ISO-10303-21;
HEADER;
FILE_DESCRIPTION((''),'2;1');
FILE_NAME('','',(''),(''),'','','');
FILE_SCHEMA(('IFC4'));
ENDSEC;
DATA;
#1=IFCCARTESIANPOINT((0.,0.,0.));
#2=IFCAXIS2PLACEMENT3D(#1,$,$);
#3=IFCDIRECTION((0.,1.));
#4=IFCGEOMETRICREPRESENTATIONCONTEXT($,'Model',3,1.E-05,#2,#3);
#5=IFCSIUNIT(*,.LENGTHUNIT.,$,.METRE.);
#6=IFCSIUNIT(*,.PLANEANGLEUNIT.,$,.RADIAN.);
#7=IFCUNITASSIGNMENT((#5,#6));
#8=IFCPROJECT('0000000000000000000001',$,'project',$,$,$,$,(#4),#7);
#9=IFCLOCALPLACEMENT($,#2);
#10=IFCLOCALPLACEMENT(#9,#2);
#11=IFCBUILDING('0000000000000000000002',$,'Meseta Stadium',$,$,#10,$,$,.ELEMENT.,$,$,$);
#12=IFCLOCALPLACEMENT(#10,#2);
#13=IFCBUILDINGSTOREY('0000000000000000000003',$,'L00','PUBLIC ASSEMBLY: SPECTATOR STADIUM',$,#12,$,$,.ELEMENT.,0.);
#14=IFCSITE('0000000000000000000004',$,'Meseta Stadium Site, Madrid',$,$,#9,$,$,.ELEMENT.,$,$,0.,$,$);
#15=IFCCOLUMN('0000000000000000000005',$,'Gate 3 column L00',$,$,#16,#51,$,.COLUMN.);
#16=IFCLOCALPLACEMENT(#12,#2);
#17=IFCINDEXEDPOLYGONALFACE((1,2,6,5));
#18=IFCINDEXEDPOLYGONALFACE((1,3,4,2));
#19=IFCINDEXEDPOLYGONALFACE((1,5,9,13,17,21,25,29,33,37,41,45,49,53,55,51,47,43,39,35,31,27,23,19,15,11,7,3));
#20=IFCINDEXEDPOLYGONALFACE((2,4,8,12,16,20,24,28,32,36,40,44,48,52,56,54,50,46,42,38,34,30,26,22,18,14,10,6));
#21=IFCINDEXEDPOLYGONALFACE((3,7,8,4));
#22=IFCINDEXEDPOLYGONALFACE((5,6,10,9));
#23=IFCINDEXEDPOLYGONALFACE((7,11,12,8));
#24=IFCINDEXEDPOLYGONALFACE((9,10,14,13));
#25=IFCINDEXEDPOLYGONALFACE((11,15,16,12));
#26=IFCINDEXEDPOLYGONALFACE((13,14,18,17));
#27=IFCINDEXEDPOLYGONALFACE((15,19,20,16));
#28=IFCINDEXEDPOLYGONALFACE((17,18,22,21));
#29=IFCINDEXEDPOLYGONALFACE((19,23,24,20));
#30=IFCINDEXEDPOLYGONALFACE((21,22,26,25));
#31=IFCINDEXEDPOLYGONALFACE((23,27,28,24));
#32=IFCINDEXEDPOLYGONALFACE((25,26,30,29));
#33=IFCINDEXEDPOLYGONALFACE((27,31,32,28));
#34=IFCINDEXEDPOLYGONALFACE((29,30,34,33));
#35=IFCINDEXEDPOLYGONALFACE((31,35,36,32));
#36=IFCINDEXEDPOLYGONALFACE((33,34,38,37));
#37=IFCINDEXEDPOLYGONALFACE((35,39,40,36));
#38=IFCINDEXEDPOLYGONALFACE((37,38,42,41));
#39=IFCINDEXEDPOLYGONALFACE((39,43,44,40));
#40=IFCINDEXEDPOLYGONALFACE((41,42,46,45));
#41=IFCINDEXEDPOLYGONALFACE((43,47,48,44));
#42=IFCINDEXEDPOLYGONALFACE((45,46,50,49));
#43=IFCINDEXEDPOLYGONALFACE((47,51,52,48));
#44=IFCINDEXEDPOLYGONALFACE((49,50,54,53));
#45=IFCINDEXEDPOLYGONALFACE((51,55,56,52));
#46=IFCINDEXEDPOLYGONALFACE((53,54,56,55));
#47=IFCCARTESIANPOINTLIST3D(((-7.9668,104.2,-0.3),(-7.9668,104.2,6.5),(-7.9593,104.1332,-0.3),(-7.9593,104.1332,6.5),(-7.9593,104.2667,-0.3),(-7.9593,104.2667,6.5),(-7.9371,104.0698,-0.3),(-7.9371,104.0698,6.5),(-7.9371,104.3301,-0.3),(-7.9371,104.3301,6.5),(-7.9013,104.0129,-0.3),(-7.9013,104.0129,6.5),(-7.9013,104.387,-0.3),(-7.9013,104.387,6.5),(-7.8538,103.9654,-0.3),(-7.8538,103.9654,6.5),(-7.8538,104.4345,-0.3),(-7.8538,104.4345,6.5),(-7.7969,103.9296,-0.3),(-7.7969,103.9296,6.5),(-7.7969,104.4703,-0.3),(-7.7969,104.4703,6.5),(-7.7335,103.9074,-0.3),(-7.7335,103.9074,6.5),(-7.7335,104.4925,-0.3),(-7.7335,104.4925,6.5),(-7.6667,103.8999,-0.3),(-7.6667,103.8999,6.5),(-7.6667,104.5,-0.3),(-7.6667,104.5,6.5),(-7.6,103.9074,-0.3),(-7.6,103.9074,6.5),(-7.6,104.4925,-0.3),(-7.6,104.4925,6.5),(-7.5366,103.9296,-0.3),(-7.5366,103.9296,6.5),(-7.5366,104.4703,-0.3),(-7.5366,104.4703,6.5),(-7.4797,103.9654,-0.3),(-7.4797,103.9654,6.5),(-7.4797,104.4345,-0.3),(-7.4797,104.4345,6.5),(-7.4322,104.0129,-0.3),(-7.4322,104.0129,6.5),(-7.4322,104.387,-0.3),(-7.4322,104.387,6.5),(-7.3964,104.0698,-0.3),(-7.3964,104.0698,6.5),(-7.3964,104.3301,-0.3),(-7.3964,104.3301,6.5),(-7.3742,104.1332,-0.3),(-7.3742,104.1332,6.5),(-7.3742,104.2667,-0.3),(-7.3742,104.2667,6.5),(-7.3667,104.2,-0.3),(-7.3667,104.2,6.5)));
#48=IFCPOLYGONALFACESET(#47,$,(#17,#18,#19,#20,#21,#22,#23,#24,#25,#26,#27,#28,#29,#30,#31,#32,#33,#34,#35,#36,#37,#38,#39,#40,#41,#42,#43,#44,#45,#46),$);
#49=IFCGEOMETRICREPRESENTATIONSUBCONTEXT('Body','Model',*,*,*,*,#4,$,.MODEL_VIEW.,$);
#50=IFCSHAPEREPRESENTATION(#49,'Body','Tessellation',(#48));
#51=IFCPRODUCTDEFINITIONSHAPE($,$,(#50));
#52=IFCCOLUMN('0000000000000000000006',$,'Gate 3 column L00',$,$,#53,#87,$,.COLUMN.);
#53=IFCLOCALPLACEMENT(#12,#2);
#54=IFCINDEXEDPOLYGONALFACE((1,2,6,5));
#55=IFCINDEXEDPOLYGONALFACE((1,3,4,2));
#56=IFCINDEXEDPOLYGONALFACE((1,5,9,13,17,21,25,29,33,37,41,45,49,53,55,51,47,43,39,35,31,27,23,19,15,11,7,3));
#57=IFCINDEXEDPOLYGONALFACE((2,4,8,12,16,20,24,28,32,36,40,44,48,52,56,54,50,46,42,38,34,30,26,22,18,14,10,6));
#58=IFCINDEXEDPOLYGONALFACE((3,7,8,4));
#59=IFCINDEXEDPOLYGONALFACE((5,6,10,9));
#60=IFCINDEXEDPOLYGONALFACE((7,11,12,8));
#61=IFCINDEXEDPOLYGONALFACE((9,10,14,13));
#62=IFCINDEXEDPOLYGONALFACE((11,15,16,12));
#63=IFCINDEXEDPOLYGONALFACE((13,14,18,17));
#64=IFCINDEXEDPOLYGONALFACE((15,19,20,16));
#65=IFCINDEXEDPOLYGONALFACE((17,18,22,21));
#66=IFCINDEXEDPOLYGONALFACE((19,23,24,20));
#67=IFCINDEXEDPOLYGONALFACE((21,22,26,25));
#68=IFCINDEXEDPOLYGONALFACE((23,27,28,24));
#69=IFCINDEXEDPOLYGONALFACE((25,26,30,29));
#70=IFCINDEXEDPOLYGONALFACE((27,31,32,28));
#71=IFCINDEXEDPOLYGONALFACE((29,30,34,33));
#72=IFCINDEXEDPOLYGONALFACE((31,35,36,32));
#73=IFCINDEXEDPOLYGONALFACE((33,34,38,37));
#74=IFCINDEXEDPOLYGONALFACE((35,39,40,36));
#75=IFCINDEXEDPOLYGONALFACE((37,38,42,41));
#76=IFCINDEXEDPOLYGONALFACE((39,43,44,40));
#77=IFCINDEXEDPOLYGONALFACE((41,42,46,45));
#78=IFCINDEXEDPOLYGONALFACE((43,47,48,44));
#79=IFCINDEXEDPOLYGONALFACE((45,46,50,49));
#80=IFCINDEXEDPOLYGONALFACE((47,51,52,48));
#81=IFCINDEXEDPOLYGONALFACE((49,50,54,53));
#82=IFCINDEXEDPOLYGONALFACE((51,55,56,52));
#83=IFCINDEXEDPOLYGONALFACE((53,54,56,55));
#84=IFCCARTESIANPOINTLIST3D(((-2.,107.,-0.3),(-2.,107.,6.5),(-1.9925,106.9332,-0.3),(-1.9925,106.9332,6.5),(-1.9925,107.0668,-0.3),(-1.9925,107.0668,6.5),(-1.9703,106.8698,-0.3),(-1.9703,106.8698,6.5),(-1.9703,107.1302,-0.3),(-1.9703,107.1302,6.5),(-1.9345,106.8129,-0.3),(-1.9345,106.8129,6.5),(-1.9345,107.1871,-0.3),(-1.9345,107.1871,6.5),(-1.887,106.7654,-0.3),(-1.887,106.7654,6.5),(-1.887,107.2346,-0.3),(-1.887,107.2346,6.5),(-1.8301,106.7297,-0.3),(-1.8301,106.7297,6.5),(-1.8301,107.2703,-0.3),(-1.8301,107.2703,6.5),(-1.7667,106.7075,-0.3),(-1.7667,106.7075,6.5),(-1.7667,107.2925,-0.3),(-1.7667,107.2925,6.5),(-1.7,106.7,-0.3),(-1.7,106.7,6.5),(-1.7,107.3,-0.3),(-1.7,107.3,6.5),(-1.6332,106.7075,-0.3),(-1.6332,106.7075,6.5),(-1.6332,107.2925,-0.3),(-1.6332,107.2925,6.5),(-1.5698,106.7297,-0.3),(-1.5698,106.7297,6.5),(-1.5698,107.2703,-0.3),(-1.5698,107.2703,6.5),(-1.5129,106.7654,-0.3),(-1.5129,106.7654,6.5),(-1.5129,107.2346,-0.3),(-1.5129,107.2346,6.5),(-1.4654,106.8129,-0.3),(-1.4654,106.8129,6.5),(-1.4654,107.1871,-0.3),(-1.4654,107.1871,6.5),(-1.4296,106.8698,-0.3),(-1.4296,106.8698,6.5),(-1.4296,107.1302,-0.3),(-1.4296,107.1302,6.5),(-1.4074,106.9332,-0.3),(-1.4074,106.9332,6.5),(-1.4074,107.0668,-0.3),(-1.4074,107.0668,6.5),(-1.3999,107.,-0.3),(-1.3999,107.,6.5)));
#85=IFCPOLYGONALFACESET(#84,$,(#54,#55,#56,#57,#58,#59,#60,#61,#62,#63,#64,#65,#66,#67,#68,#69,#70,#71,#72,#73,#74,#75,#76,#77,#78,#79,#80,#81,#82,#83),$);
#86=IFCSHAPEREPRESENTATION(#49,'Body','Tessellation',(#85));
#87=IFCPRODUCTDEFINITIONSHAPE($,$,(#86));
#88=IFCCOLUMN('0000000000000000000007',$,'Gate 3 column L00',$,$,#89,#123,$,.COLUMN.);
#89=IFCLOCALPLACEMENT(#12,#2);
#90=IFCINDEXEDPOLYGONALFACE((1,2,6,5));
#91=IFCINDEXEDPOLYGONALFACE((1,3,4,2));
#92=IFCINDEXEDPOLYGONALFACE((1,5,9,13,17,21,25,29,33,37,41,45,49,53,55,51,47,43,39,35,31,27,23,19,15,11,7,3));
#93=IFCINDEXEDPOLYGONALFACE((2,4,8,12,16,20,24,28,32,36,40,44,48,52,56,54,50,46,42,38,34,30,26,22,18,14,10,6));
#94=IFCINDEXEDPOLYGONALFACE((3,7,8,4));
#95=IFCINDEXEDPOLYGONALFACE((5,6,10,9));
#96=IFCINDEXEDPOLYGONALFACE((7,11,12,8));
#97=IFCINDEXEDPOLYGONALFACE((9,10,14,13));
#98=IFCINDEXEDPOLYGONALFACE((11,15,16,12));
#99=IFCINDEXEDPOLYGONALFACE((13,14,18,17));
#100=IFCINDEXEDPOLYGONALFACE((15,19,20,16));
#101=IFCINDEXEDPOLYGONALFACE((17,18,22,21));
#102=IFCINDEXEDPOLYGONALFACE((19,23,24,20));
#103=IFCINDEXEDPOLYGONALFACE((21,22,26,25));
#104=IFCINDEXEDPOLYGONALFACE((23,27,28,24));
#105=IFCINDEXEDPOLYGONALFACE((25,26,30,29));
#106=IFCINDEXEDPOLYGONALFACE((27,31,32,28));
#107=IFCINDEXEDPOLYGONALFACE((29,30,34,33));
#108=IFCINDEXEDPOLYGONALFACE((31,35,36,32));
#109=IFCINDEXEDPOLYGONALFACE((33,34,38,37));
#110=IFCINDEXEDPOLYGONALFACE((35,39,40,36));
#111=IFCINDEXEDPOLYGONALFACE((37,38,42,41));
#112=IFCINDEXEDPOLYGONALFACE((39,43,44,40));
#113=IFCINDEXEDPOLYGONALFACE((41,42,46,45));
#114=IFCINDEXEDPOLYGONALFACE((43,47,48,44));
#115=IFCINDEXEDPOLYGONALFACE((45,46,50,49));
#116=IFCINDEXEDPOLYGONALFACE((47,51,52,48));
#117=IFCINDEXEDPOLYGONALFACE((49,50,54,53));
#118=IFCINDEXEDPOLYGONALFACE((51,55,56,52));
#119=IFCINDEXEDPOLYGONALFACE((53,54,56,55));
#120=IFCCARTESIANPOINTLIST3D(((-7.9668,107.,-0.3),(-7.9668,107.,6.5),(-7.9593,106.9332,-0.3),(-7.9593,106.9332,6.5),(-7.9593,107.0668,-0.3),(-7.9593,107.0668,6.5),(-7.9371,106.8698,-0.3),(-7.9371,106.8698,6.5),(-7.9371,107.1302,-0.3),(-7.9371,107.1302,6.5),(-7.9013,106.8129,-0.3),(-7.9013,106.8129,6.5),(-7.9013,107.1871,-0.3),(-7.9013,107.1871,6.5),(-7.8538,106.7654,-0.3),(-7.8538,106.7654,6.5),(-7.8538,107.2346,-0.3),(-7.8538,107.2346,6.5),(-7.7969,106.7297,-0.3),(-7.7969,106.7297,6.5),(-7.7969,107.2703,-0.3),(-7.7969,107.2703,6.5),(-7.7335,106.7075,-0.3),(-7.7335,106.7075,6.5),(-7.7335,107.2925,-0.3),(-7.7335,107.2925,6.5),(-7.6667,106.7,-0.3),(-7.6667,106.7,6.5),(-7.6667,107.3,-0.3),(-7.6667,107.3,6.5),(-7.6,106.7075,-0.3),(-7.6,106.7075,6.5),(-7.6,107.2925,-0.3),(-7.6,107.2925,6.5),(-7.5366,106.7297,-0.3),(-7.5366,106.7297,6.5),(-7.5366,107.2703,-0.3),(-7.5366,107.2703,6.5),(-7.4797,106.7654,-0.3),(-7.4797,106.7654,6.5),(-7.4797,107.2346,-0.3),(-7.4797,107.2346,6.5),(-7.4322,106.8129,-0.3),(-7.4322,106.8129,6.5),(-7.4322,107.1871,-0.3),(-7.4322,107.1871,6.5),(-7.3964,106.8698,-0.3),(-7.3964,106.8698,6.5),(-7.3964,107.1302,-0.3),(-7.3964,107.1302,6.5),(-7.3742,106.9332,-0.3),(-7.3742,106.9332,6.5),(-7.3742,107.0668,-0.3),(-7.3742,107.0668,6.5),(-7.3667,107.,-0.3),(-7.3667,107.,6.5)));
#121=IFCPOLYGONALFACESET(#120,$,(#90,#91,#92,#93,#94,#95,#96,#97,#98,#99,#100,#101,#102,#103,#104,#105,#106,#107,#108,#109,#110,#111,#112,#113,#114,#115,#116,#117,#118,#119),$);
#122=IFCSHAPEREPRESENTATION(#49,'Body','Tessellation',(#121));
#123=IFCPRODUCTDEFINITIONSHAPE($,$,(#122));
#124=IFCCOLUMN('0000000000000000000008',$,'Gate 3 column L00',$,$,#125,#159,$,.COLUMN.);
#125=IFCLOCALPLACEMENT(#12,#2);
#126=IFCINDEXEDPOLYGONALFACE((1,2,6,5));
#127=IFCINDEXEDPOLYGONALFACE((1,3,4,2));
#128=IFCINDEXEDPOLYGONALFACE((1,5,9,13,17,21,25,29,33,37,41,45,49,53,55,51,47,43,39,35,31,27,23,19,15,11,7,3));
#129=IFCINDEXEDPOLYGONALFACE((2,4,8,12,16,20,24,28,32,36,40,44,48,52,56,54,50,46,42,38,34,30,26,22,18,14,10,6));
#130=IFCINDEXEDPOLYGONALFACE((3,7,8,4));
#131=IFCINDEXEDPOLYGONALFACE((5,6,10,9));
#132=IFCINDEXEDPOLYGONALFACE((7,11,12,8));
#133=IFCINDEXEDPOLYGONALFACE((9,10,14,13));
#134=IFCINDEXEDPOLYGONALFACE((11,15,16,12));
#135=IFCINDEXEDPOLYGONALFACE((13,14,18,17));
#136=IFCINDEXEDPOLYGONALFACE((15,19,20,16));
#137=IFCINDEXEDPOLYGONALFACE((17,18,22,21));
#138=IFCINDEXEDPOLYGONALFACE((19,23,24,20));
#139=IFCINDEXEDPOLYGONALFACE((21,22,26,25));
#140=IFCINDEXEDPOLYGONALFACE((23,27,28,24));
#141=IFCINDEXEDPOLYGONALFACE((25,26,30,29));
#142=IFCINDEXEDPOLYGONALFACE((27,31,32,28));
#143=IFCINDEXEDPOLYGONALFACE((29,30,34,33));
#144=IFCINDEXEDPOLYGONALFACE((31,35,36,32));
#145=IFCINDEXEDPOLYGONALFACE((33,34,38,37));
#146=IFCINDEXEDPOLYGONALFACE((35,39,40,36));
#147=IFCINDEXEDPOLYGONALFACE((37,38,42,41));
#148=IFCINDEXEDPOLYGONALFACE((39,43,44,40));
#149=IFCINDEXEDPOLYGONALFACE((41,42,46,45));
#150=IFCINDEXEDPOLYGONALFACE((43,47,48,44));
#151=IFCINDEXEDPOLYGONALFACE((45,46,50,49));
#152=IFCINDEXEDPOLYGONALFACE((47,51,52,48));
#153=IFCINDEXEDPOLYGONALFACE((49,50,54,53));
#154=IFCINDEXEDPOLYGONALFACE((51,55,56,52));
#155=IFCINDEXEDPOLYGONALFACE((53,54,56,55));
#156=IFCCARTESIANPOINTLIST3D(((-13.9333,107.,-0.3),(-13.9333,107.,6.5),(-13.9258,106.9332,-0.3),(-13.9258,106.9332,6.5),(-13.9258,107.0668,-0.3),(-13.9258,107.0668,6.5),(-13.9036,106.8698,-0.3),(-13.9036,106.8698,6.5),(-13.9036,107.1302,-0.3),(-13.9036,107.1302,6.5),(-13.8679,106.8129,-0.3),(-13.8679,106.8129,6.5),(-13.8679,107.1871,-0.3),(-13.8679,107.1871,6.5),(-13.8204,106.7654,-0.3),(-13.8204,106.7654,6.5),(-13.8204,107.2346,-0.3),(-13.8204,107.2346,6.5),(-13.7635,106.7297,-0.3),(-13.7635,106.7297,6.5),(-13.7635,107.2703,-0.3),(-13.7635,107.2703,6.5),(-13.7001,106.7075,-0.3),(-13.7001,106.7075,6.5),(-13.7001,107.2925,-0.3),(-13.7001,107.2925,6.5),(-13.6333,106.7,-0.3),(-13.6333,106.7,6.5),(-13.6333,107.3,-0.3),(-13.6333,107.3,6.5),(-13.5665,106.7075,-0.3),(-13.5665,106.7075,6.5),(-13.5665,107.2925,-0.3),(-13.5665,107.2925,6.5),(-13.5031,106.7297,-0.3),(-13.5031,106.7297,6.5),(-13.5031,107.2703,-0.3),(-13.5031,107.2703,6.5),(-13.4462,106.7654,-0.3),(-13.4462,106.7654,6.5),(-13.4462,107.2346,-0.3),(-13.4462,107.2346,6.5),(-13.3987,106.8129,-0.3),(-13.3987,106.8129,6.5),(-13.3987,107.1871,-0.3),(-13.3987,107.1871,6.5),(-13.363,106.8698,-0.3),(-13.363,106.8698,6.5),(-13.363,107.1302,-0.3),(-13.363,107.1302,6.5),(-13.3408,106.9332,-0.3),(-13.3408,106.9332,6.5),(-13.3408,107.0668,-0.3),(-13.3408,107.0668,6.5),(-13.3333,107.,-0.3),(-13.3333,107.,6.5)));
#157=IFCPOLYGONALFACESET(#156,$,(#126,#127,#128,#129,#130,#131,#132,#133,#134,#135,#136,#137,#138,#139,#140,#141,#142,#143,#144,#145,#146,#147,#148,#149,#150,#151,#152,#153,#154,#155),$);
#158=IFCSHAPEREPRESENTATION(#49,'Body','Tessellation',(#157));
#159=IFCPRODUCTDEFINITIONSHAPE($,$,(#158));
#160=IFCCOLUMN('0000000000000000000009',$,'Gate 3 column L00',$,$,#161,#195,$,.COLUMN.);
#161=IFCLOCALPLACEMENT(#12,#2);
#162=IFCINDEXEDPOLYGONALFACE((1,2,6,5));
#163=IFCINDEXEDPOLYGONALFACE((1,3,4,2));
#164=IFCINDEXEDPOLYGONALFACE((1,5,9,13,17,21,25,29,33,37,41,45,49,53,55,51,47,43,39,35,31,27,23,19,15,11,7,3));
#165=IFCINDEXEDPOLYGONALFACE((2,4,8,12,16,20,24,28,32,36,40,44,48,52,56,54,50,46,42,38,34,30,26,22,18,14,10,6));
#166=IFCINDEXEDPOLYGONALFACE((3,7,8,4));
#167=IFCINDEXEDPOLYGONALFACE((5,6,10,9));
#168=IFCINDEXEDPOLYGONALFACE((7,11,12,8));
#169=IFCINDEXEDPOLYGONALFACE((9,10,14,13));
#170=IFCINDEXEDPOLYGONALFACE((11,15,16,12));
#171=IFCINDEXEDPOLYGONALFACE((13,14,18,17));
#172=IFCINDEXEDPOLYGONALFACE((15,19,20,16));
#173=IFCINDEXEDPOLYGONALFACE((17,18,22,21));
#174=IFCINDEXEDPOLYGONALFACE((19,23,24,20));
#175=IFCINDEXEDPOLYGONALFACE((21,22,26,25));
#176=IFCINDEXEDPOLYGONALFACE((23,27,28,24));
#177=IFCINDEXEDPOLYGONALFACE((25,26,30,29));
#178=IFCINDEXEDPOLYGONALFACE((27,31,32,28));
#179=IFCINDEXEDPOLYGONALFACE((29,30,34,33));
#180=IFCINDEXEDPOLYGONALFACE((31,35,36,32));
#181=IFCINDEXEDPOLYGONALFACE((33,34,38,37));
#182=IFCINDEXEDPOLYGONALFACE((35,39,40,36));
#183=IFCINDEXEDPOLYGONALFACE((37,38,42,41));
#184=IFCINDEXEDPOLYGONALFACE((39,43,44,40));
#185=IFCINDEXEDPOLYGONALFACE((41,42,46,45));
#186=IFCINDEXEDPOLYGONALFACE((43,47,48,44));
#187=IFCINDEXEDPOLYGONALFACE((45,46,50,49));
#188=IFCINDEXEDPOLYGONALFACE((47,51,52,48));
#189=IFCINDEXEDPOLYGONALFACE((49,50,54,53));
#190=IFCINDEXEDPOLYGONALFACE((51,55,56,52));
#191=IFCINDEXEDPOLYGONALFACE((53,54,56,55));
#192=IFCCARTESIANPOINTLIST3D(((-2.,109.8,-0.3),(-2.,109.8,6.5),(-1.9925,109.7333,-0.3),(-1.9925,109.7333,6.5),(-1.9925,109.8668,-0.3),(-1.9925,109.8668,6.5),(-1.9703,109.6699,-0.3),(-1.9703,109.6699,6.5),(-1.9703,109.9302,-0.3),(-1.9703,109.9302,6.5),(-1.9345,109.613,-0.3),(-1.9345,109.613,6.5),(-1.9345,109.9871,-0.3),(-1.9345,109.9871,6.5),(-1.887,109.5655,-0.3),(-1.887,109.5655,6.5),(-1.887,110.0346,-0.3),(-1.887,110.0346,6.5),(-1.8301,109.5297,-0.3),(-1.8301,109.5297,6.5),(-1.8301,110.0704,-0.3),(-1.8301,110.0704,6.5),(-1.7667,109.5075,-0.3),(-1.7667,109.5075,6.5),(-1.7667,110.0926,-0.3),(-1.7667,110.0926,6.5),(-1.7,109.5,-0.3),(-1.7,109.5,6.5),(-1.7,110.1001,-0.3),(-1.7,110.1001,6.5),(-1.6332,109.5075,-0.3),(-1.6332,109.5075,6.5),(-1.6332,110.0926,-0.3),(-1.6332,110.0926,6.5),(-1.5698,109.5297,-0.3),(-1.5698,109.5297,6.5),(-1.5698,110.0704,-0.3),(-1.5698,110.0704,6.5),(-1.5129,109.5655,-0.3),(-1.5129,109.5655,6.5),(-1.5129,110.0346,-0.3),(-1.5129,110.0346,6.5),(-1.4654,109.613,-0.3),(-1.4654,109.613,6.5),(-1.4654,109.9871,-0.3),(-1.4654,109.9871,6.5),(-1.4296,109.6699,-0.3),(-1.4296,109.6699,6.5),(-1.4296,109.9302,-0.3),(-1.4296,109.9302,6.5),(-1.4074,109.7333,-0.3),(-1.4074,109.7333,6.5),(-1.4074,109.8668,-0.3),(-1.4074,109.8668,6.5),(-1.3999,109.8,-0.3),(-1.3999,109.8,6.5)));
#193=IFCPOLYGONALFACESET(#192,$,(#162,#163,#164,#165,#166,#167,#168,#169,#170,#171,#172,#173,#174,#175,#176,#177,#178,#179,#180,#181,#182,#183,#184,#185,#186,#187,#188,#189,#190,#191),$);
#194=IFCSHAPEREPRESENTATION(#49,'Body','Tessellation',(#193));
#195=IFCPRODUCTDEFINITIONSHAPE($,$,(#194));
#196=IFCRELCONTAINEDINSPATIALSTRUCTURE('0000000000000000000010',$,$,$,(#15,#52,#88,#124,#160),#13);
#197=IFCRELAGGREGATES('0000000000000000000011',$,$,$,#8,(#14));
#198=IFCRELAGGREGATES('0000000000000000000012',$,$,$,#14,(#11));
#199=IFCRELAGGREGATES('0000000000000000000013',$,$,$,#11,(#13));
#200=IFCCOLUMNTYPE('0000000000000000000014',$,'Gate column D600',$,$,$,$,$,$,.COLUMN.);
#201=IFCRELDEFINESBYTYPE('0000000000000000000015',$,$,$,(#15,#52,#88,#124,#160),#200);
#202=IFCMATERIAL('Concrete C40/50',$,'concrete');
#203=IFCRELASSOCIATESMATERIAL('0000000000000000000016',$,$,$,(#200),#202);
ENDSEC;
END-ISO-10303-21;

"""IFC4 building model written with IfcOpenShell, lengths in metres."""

from ifc_helpers import new_model, si_unit, direction, frame, origin, origin_2d, place, context, subcontext, project, spatial, circle, extrude, material, material_profile, profile_set, type_object, element, save


model = new_model("IFC4")

# Units and contexts
model_context = context("Model", 3, precision=1e-05, world=origin(), true_north=direction((0.0, 1.0)))
body_context = subcontext(model_context, "Body", "Model", "MODEL_VIEW")
ifc_project = project(units=[si_unit("LENGTHUNIT", "METRE"), si_unit("PLANEANGLEUNIT", "RADIAN")], contexts=[model_context])

# Site, building, storey
site_placement = place(None, origin())
site = spatial("IfcSite", under=ifc_project, at=site_placement, Name="Meseta Stadium Site, Madrid", CompositionType="ELEMENT", RefElevation=0.0)
building_placement = place(site_placement, origin())
building = spatial("IfcBuilding", under=site, at=building_placement, Name="Meseta Stadium", CompositionType="ELEMENT")
storey_placement = place(building_placement, origin())
storey = spatial("IfcBuildingStorey", under=building, at=storey_placement, Name="L00", Description="PUBLIC ASSEMBLY: SPECTATOR STADIUM", CompositionType="ELEMENT", Elevation=0.0)

# Columns
ifc_material_1 = material(Name="Concrete C40/50", Category="concrete")
ifc_material_profile_1 = material_profile(ifc_material_1, circle(Radius=0.3, at=origin_2d()), Name="RC D600")
ifc_profile_set_1 = profile_set([ifc_material_profile_1], Name="Concrete C40/50")
column_type_1 = type_object("IfcColumnType", Name="Gate column D600", PredefinedType="COLUMN", material=ifc_profile_set_1)
for number, where, z_axis, x_axis, name in (
    (1, (-7.6667, 104.2, -0.3), (0.0, 0.0, 1.0), (1.0, 0.0, 0.0), "Gate 3 column L00"),
    (2, (-1.7, 107.0, -0.3), (0.0, 0.0, 1.0), (1.0, 0.0, 0.0), "Gate 3 column L00"),
    (3, (-7.6667, 107.0, -0.3), (0.0, 0.0, 1.0), (1.0, 0.0, 0.0), "Gate 3 column L00"),
    (4, (-13.6333, 107.0, -0.3), (0.0, 0.0, 1.0), (1.0, 0.0, 0.0), "Gate 3 column L00"),
    (5, (-1.7, 109.8, -0.3), (0.0, 0.0, 1.0), (1.0, 0.0, 0.0), "Gate 3 column L00"),
):
    element("IfcColumn", number, at=place(storey_placement, frame(where, z_axis=z_axis, x_axis=x_axis)), inside=storey, type_object=column_type_1, Name=name, PredefinedType="COLUMN", context=body_context, shape_type="SweptSolid", body=[
        extrude(circle(Radius=0.3, at=origin_2d()), origin(), (0.0, 0.0, 1.0), 6.8),
    ])

save(model, "model.ifc")
